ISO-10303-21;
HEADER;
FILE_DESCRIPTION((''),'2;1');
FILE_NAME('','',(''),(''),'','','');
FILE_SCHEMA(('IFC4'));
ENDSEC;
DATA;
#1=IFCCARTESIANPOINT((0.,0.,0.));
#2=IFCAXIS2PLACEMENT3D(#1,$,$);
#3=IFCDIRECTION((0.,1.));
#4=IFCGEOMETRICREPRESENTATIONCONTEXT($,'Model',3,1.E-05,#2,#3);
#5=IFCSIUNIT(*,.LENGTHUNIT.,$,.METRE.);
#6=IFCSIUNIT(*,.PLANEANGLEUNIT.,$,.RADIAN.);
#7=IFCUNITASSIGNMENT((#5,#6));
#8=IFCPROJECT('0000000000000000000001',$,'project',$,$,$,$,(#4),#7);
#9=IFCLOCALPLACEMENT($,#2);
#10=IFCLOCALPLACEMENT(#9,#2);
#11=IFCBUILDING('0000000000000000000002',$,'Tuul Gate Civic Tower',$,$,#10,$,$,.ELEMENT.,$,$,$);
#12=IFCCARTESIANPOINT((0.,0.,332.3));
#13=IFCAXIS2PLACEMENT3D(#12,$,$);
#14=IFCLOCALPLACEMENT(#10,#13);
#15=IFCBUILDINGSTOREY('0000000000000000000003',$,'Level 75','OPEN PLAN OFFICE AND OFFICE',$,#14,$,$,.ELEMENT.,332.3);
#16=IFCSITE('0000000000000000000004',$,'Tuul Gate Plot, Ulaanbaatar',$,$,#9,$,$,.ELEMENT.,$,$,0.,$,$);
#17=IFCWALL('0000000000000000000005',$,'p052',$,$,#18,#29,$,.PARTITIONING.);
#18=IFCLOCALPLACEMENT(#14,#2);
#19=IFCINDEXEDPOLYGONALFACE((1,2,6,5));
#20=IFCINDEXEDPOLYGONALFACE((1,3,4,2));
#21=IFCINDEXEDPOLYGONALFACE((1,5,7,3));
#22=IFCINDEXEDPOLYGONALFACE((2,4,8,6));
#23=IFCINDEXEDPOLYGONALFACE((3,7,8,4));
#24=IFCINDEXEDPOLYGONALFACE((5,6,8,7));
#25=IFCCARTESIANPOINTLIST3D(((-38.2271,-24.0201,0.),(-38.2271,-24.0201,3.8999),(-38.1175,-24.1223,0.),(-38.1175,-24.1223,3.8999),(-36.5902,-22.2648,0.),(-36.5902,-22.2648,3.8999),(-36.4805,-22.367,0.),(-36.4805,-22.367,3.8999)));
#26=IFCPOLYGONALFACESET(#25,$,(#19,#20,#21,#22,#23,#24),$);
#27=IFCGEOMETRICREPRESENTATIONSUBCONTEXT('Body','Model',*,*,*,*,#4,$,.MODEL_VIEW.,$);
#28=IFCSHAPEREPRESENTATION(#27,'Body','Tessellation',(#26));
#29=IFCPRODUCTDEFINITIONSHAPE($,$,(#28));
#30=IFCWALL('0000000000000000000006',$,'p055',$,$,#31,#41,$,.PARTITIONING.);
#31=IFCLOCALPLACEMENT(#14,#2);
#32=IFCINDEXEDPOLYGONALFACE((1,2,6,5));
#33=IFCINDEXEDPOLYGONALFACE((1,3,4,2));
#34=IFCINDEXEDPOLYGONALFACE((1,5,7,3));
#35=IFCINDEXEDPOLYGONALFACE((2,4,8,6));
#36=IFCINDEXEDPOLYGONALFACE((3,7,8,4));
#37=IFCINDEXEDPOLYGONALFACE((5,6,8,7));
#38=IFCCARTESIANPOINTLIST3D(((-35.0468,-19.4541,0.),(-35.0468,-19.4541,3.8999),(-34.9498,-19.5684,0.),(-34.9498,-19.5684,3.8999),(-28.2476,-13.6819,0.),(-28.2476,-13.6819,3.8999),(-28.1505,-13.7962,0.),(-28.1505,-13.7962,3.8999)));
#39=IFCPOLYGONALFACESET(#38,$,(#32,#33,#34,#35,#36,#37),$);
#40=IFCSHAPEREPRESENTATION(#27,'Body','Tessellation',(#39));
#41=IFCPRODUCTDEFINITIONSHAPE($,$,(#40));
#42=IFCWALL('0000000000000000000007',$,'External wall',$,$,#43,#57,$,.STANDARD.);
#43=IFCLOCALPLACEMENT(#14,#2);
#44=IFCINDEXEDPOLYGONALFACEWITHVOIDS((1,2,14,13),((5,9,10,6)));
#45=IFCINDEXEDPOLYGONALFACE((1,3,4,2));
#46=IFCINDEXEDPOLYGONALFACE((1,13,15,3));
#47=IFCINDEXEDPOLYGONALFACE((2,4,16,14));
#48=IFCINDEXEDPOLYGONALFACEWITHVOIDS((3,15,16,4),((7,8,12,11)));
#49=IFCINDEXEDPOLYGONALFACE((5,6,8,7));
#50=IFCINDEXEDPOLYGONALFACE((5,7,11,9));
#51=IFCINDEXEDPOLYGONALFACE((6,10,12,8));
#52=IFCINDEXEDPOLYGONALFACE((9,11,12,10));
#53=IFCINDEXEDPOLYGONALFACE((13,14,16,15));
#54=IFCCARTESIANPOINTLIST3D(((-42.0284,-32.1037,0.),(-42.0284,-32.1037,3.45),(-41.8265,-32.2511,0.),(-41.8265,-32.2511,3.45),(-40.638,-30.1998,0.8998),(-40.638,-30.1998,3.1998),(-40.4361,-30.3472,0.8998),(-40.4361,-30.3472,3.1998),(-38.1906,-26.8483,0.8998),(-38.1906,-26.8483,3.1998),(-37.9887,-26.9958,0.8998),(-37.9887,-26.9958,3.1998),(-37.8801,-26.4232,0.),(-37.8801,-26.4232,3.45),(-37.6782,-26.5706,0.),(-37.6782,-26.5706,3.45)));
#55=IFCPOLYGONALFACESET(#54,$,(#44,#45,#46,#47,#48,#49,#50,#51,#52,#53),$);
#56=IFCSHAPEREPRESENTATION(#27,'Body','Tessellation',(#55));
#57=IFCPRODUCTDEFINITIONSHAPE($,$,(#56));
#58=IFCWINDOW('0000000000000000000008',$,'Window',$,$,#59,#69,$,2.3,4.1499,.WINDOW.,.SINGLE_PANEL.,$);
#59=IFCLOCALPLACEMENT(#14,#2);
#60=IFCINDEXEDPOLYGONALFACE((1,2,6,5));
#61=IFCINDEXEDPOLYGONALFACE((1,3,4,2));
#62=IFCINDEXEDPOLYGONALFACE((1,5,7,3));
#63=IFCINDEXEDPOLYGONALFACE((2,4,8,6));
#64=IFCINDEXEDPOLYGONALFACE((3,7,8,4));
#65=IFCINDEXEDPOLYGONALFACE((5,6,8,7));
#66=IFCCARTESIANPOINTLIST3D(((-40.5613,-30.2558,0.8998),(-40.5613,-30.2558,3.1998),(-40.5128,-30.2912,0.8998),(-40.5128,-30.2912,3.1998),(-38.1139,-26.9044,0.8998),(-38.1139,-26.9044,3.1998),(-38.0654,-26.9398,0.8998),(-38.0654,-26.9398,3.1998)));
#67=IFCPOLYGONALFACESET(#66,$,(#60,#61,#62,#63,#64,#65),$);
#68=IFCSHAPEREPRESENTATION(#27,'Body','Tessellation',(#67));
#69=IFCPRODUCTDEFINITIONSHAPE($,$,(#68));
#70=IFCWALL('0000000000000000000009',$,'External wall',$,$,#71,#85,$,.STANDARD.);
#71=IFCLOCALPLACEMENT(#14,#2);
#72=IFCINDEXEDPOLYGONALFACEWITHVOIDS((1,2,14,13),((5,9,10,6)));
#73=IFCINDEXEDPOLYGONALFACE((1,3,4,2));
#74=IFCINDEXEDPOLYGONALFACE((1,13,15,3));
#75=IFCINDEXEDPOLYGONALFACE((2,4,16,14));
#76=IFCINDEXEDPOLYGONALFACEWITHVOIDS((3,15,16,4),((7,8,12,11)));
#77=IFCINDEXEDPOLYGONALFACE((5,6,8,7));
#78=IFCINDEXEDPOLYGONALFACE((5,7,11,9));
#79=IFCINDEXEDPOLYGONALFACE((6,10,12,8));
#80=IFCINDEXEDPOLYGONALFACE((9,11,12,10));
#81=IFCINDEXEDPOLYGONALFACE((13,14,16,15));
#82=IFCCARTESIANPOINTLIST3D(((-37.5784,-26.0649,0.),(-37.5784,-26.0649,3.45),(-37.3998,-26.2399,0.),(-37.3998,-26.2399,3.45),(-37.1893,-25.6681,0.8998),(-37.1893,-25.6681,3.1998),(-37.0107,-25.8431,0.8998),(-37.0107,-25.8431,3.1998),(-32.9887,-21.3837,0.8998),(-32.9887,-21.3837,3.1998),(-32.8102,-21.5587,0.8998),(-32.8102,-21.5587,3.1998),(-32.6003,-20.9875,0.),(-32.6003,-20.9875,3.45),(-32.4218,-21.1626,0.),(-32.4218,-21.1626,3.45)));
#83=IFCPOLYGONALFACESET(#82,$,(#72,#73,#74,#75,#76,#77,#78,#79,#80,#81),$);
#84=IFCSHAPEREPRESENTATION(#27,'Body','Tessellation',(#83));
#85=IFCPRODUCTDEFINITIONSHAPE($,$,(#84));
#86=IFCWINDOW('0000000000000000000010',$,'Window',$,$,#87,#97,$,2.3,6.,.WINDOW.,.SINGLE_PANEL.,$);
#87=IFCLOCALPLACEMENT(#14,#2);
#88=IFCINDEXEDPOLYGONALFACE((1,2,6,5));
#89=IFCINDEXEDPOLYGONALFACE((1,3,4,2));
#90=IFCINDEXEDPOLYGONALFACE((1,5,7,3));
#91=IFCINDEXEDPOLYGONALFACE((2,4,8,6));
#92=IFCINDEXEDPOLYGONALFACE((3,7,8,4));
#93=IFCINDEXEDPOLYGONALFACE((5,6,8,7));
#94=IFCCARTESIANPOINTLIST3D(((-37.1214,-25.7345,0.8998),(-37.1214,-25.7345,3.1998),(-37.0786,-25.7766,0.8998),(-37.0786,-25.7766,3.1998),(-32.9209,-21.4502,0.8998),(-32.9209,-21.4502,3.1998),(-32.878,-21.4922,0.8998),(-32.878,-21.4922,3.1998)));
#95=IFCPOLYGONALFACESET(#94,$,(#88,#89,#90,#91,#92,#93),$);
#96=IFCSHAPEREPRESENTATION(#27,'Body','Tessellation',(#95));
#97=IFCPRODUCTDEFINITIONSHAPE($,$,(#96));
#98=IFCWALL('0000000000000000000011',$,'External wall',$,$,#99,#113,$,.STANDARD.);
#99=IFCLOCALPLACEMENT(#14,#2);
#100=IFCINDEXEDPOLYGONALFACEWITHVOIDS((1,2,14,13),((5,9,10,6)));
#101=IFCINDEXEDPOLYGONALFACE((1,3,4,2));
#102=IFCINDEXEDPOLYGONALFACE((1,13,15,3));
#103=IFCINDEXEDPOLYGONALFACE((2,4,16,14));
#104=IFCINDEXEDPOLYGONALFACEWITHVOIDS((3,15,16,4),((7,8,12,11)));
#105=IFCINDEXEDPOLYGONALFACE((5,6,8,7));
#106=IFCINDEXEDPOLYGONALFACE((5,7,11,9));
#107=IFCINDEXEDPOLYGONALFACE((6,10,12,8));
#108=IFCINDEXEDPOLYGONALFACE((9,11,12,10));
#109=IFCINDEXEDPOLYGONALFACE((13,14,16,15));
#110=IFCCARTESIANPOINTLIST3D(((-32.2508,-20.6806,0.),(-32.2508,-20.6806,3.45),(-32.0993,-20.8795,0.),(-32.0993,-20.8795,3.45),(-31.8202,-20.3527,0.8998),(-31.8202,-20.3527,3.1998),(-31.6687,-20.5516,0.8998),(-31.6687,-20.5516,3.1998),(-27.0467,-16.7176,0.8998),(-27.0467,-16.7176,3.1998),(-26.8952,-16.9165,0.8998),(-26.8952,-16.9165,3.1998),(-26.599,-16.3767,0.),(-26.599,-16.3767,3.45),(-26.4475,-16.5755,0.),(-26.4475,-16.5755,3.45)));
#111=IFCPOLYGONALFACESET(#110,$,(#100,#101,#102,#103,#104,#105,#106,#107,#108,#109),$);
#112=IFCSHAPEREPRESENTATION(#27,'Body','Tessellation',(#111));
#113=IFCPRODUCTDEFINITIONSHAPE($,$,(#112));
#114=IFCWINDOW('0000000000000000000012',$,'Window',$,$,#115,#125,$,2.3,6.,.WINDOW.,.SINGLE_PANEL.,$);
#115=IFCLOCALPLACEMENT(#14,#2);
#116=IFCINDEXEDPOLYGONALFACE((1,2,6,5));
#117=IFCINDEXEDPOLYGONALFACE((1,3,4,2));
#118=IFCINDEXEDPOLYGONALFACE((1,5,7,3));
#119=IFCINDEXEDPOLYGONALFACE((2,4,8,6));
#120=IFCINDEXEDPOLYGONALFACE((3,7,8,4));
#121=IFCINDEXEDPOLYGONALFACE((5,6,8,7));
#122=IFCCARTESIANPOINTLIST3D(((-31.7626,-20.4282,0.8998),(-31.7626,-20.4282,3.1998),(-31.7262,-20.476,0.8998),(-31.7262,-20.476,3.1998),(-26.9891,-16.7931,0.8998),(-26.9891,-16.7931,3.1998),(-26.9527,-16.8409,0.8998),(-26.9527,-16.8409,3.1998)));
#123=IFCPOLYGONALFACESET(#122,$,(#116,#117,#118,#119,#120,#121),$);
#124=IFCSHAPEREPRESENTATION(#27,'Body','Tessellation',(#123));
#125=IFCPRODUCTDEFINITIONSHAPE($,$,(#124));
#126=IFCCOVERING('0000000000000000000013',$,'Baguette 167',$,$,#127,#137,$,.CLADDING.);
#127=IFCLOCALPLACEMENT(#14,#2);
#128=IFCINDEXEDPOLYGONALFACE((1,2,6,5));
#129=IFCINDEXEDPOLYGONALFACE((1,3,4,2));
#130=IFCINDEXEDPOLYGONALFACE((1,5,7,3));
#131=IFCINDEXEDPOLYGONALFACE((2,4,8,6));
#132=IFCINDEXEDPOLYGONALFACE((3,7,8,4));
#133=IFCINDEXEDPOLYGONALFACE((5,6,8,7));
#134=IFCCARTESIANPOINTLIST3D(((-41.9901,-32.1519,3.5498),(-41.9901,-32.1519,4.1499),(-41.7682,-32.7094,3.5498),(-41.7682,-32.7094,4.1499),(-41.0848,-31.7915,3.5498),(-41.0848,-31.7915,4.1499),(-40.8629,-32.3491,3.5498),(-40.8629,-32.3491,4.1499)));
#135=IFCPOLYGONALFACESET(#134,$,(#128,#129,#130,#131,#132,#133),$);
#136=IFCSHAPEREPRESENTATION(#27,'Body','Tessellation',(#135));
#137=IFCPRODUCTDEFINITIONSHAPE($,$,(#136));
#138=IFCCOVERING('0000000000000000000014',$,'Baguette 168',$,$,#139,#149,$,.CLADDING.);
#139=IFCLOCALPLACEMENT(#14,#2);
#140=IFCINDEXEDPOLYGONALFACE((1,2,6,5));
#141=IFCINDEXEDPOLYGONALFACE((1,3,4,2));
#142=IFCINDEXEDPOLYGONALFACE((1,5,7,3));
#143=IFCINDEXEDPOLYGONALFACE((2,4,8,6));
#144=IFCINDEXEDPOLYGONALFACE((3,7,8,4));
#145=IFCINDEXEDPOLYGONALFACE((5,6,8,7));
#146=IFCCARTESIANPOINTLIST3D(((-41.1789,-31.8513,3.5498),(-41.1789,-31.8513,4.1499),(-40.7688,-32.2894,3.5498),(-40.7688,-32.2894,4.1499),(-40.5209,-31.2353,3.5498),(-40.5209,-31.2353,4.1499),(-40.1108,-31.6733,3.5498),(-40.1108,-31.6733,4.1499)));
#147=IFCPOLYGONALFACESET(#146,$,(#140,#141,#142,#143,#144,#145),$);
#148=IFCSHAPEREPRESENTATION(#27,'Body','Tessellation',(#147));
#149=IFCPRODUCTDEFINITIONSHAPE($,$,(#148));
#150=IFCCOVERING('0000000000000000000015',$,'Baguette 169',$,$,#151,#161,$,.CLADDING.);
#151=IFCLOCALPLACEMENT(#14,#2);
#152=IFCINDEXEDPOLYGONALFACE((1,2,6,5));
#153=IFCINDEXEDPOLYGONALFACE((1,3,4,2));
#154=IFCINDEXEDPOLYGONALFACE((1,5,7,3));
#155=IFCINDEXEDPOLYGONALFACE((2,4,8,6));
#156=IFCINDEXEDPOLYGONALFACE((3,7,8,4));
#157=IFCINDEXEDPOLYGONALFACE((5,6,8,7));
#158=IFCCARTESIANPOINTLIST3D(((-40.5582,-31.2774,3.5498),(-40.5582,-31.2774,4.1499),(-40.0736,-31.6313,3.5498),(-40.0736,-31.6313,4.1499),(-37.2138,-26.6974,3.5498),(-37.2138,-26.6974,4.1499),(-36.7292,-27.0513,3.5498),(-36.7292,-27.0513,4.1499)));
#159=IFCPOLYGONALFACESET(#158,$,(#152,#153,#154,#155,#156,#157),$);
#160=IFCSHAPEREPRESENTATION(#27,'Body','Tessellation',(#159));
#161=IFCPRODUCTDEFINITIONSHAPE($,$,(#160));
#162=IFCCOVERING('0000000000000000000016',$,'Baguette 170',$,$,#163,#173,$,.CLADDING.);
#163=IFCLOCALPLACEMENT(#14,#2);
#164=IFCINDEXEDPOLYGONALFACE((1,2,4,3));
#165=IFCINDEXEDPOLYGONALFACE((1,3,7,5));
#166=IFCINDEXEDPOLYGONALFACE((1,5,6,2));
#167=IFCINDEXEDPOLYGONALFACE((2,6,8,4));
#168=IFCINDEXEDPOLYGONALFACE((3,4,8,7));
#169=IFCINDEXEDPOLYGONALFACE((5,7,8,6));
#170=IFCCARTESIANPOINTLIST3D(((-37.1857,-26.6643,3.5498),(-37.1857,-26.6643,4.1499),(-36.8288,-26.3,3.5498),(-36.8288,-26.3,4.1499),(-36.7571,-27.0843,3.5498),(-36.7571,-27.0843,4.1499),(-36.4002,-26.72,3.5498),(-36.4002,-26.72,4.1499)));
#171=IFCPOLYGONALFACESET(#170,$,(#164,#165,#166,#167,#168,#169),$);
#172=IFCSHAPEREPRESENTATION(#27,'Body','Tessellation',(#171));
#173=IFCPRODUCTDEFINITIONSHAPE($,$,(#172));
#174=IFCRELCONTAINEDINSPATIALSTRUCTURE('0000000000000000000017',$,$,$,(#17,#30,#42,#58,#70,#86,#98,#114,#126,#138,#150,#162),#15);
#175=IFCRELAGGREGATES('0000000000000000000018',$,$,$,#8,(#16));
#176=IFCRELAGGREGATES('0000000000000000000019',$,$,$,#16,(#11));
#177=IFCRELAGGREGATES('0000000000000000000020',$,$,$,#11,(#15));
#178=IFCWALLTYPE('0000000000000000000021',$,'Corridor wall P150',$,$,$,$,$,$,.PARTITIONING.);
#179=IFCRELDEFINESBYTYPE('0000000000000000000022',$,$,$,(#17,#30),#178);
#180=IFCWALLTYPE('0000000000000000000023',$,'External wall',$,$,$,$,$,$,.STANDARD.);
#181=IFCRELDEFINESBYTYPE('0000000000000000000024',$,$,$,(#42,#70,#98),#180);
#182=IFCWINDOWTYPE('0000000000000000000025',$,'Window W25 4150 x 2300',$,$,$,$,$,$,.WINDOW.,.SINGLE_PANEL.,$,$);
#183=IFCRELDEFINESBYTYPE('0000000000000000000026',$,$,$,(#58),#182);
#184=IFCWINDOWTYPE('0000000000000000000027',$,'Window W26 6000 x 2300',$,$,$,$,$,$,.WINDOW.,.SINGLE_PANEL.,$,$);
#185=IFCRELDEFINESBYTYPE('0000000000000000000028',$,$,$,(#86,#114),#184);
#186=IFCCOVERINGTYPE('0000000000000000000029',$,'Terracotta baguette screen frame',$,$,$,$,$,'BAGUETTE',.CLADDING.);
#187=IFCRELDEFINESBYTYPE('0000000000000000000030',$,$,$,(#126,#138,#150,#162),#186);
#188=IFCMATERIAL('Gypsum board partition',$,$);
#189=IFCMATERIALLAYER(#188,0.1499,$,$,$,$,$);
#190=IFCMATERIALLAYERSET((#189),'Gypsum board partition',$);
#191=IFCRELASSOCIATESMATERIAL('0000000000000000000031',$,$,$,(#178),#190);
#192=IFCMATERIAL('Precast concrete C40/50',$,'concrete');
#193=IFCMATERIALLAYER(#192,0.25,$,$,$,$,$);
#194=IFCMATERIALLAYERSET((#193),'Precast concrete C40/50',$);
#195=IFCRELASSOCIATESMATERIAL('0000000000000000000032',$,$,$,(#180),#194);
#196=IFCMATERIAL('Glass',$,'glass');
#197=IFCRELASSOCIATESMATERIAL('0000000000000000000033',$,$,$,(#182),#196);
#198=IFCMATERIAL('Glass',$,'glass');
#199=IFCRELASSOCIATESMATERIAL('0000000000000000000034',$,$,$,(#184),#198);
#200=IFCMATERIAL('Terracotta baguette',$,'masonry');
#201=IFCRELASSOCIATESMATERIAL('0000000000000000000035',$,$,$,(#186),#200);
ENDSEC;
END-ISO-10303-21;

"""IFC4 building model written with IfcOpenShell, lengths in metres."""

from ifc_helpers import new_model, si_unit, direction, frame, frame_2d, origin, origin_2d, place, context, subcontext, project, spatial, rectangle, extrude, material, layer, layer_set, material_profile, profile_set, type_object, element, fill, save


model = new_model("IFC4")

# Units and contexts
model_context = context("Model", 3, precision=1e-05, world=origin(), true_north=direction((0.0, 1.0)))
body_context = subcontext(model_context, "Body", "Model", "MODEL_VIEW")
ifc_project = project(units=[si_unit("LENGTHUNIT", "METRE"), si_unit("PLANEANGLEUNIT", "RADIAN")], contexts=[model_context])

# Site, building, storey
site_placement = place(None, origin())
site = spatial("IfcSite", under=ifc_project, at=site_placement, Name="Tuul Gate Plot, Ulaanbaatar", CompositionType="ELEMENT", RefElevation=0.0)
building_placement = place(site_placement, origin())
building = spatial("IfcBuilding", under=site, at=building_placement, Name="Tuul Gate Civic Tower", CompositionType="ELEMENT")
storey_placement = place(building_placement, frame((0.0, 0.0, 332.3)))
storey = spatial("IfcBuildingStorey", under=building, at=storey_placement, Name="Level 75", Description="OPEN PLAN OFFICE AND OFFICE", CompositionType="ELEMENT", Elevation=332.3)

# Walls
ifc_material_1 = material(Name="Gypsum board partition")
ifc_layer_1 = layer(ifc_material_1, 0.1499)
ifc_layer_set_1 = layer_set([ifc_layer_1], Name="Gypsum board partition")
wall_type_1 = type_object("IfcWallType", Name="Corridor wall P150", PredefinedType="PARTITIONING", material=ifc_layer_set_1)
wall_1_placement = place(storey_placement, frame((-38.1724, -24.0713, 0.0), z_axis=(0.0, 0.0, 1.0), x_axis=(0.68201, 0.731343, 0.0)))
element("IfcWall", 1, at=wall_1_placement, inside=storey, type_object=wall_type_1, Name="p052", PredefinedType="PARTITIONING", context=body_context, shape_type="SweptSolid", body=[
    extrude(rectangle(XDim=2.4001, YDim=0.1499, at=frame_2d((1.2002, 0.0))), origin(), (0.0, 0.0, 1.0), 3.8999),
])
wall_2_placement = place(storey_placement, frame((-34.9983, -19.5112, 0.0), z_axis=(0.0, 0.0, 1.0), x_axis=(0.762338, 0.64718, 0.0)))
element("IfcWall", 2, at=wall_2_placement, inside=storey, type_object=wall_type_1, Name="p055", PredefinedType="PARTITIONING", context=body_context, shape_type="SweptSolid", body=[
    extrude(rectangle(XDim=8.9189, YDim=0.1499, at=frame_2d((4.4595, 0.0))), origin(), (0.0, 0.0, 1.0), 3.8999),
])

# Walls, openings, windows
ifc_material_2 = material(Name="Precast concrete C40/50", Category="concrete")
ifc_layer_2 = layer(ifc_material_2, 0.25)
ifc_layer_set_2 = layer_set([ifc_layer_2], Name="Precast concrete C40/50")
wall_type_2 = type_object("IfcWallType", Name="External wall", PredefinedType="STANDARD", material=ifc_layer_set_2)
wall_3_placement = place(storey_placement, frame((-41.9275, -32.1775, 0.0), z_axis=(0.0, 0.0, 1.0), x_axis=(0.589749, 0.807586, 0.0)))
wall_3 = element("IfcWall", 3, at=wall_3_placement, inside=storey, type_object=wall_type_2, Name="External wall", PredefinedType="STANDARD", context=body_context, shape_type="SweptSolid", body=[
    extrude(rectangle(XDim=7.0339, YDim=0.25, at=frame_2d((3.5171, 0.0))), origin(), (0.0, 0.0, 1.0), 3.45),
])
opening_1_placement = place(wall_3_placement, frame((2.3577, 0.0, 0.8999)))
opening_1 = element("IfcOpeningElement", 4, at=opening_1_placement, cuts=wall_3, PredefinedType="OPENING", context=body_context, shape_type="SweptSolid", body=[
    extrude(rectangle(XDim=4.1499, YDim=2.3, at=frame_2d((2.075, 1.1499))), frame((0.0, 0.135, 0.0), z_axis=(0.0, -1.0, 0.0), x_axis=(1.0, 0.0, 0.0)), (0.0, 0.0, 1.0), 0.27),
])
ifc_material_3 = material(Name="Glass", Category="glass")
window_type_1 = type_object("IfcWindowType", Name="Window W25 4150 x 2300", PartitioningType="SINGLE_PANEL", PredefinedType="WINDOW", material=ifc_material_3)
window_1_placement = place(opening_1_placement, origin())
window_1 = element("IfcWindow", 5, at=window_1_placement, inside=storey, type_object=window_type_1, Name="Window", OverallHeight=2.3, OverallWidth=4.1499, PartitioningType="SINGLE_PANEL", PredefinedType="WINDOW", context=body_context, shape_type="SweptSolid", body=[
    extrude(rectangle(XDim=4.1499, YDim=2.3, at=frame_2d((2.075, 1.1499))), frame((0.0, 0.03, 0.0), z_axis=(0.0, -1.0, 0.0), x_axis=(1.0, 0.0, 0.0)), (0.0, 0.0, 1.0), 0.0601),
])
fill(opening_1, window_1)
wall_4_placement = place(storey_placement, frame((-37.489, -26.1523, 0.0), z_axis=(0.0, 0.0, 1.0), x_axis=(0.700085, 0.714059, 0.0)))
wall_4 = element("IfcWall", 6, at=wall_4_placement, inside=storey, type_object=wall_type_2, Name="External wall", PredefinedType="STANDARD", context=body_context, shape_type="SweptSolid", body=[
    extrude(rectangle(XDim=7.1106, YDim=0.25, at=frame_2d((3.5552, 0.0))), origin(), (0.0, 0.0, 1.0), 3.45),
])
opening_2_placement = place(wall_4_placement, frame((0.5557, 0.0, 0.8999)))
opening_2 = element("IfcOpeningElement", 7, at=opening_2_placement, cuts=wall_4, PredefinedType="OPENING", context=body_context, shape_type="SweptSolid", body=[
    extrude(rectangle(XDim=6.0, YDim=2.3, at=frame_2d((3.0, 1.1499))), frame((0.0, 0.135, 0.0), z_axis=(0.0, -1.0, 0.0), x_axis=(1.0, 0.0, 0.0)), (0.0, 0.0, 1.0), 0.27),
])
ifc_material_4 = material(Name="Glass", Category="glass")
window_type_2 = type_object("IfcWindowType", Name="Window W26 6000 x 2300", PartitioningType="SINGLE_PANEL", PredefinedType="WINDOW", material=ifc_material_4)
window_2_placement = place(opening_2_placement, origin())
window_2 = element("IfcWindow", 8, at=window_2_placement, inside=storey, type_object=window_type_2, Name="Window", OverallHeight=2.3, OverallWidth=6.0, PartitioningType="SINGLE_PANEL", PredefinedType="WINDOW", context=body_context, shape_type="SweptSolid", body=[
    extrude(rectangle(XDim=6.0, YDim=2.3, at=frame_2d((3.0, 1.1499))), frame((0.0, 0.03, 0.0), z_axis=(0.0, -1.0, 0.0), x_axis=(1.0, 0.0, 0.0)), (0.0, 0.0, 1.0), 0.0601),
])
fill(opening_2, window_2)
wall_5_placement = place(storey_placement, frame((-32.175, -20.78, 0.0), z_axis=(0.0, 0.0, 1.0), x_axis=(0.795582, 0.605845, 0.0)))
wall_5 = element("IfcWall", 9, at=wall_5_placement, inside=storey, type_object=wall_type_2, Name="External wall", PredefinedType="STANDARD", context=body_context, shape_type="SweptSolid", body=[
    extrude(rectangle(XDim=7.104, YDim=0.25, at=frame_2d((3.552, 0.0))), origin(), (0.0, 0.0, 1.0), 3.45),
])
opening_3_placement = place(wall_5_placement, frame((0.5413, 0.0, 0.8999)))
opening_3 = element("IfcOpeningElement", 10, at=opening_3_placement, cuts=wall_5, PredefinedType="OPENING", context=body_context, shape_type="SweptSolid", body=[
    extrude(rectangle(XDim=6.0, YDim=2.3, at=frame_2d((3.0, 1.1499))), frame((0.0, 0.135, 0.0), z_axis=(0.0, -1.0, 0.0), x_axis=(1.0, 0.0, 0.0)), (0.0, 0.0, 1.0), 0.27),
])
window_3_placement = place(opening_3_placement, origin())
window_3 = element("IfcWindow", 11, at=window_3_placement, inside=storey, type_object=window_type_2, Name="Window", OverallHeight=2.3, OverallWidth=6.0, PartitioningType="SINGLE_PANEL", PredefinedType="WINDOW", context=body_context, shape_type="SweptSolid", body=[
    extrude(rectangle(XDim=6.0, YDim=2.3, at=frame_2d((3.0, 1.1499))), frame((0.0, 0.03, 0.0), z_axis=(0.0, -1.0, 0.0), x_axis=(1.0, 0.0, 0.0)), (0.0, 0.0, 1.0), 0.0601),
])
fill(opening_3, window_3)

# Coverings
ifc_material_5 = material(Name="Terracotta baguette", Category="masonry")
ifc_material_profile_1 = material_profile(ifc_material_5, rectangle(XDim=0.6001, YDim=0.6001, at=origin_2d()), Name="Terracotta baguette screen frame")
ifc_profile_set_1 = profile_set([ifc_material_profile_1], Name="Terracotta baguette")
covering_type = type_object("IfcCoveringType", Name="Terracotta baguette screen frame", ElementType="BAGUETTE", PredefinedType="CLADDING", material=ifc_profile_set_1)
covering_1_placement = place(storey_placement, frame((-41.8792, -32.4307, 3.8499), z_axis=(0.929097, 0.369835, 0.0), x_axis=(-0.369835, 0.929097, 0.0)))
element("IfcCovering", 12, at=covering_1_placement, inside=storey, type_object=covering_type, Name="Baguette 167", PredefinedType="CLADDING", context=body_context, shape_type="SweptSolid", body=[
    extrude(rectangle(XDim=0.6001, YDim=0.6001, at=origin_2d()), origin(), (0.0, 0.0, 1.0), 0.9744),
])
covering_2_placement = place(storey_placement, frame((-40.9739, -32.0703, 3.8499), z_axis=(0.730019, 0.683427, 0.0), x_axis=(-0.683427, 0.730019, 0.0)))
element("IfcCovering", 13, at=covering_2_placement, inside=storey, type_object=covering_type, Name="Baguette 168", PredefinedType="CLADDING", context=body_context, shape_type="SweptSolid", body=[
    extrude(rectangle(XDim=0.6001, YDim=0.6001, at=origin_2d()), origin(), (0.0, 0.0, 1.0), 0.9014),
])
covering_3_placement = place(storey_placement, frame((-40.3159, -31.4543, 3.8499), z_axis=(0.589729, 0.807601, 0.0), x_axis=(-0.807601, 0.589729, 0.0)))
element("IfcCovering", 14, at=covering_3_placement, inside=storey, type_object=covering_type, Name="Baguette 169", PredefinedType="CLADDING", context=body_context, shape_type="SweptSolid", body=[
    extrude(rectangle(XDim=0.6001, YDim=0.6001, at=origin_2d()), origin(), (0.0, 0.0, 1.0), 5.6711),
])
covering_4_placement = place(storey_placement, frame((-36.9714, -26.8743, 3.8499), z_axis=(0.69989, 0.714251, 0.0), x_axis=(-0.714251, 0.69989, 0.0)))
element("IfcCovering", 15, at=covering_4_placement, inside=storey, type_object=covering_type, Name="Baguette 170", PredefinedType="CLADDING", context=body_context, shape_type="SweptSolid", body=[
    extrude(rectangle(XDim=0.6001, YDim=0.6001, at=origin_2d()), origin(), (0.0, 0.0, 1.0), 0.51),
])

save(model, "model.ifc")
